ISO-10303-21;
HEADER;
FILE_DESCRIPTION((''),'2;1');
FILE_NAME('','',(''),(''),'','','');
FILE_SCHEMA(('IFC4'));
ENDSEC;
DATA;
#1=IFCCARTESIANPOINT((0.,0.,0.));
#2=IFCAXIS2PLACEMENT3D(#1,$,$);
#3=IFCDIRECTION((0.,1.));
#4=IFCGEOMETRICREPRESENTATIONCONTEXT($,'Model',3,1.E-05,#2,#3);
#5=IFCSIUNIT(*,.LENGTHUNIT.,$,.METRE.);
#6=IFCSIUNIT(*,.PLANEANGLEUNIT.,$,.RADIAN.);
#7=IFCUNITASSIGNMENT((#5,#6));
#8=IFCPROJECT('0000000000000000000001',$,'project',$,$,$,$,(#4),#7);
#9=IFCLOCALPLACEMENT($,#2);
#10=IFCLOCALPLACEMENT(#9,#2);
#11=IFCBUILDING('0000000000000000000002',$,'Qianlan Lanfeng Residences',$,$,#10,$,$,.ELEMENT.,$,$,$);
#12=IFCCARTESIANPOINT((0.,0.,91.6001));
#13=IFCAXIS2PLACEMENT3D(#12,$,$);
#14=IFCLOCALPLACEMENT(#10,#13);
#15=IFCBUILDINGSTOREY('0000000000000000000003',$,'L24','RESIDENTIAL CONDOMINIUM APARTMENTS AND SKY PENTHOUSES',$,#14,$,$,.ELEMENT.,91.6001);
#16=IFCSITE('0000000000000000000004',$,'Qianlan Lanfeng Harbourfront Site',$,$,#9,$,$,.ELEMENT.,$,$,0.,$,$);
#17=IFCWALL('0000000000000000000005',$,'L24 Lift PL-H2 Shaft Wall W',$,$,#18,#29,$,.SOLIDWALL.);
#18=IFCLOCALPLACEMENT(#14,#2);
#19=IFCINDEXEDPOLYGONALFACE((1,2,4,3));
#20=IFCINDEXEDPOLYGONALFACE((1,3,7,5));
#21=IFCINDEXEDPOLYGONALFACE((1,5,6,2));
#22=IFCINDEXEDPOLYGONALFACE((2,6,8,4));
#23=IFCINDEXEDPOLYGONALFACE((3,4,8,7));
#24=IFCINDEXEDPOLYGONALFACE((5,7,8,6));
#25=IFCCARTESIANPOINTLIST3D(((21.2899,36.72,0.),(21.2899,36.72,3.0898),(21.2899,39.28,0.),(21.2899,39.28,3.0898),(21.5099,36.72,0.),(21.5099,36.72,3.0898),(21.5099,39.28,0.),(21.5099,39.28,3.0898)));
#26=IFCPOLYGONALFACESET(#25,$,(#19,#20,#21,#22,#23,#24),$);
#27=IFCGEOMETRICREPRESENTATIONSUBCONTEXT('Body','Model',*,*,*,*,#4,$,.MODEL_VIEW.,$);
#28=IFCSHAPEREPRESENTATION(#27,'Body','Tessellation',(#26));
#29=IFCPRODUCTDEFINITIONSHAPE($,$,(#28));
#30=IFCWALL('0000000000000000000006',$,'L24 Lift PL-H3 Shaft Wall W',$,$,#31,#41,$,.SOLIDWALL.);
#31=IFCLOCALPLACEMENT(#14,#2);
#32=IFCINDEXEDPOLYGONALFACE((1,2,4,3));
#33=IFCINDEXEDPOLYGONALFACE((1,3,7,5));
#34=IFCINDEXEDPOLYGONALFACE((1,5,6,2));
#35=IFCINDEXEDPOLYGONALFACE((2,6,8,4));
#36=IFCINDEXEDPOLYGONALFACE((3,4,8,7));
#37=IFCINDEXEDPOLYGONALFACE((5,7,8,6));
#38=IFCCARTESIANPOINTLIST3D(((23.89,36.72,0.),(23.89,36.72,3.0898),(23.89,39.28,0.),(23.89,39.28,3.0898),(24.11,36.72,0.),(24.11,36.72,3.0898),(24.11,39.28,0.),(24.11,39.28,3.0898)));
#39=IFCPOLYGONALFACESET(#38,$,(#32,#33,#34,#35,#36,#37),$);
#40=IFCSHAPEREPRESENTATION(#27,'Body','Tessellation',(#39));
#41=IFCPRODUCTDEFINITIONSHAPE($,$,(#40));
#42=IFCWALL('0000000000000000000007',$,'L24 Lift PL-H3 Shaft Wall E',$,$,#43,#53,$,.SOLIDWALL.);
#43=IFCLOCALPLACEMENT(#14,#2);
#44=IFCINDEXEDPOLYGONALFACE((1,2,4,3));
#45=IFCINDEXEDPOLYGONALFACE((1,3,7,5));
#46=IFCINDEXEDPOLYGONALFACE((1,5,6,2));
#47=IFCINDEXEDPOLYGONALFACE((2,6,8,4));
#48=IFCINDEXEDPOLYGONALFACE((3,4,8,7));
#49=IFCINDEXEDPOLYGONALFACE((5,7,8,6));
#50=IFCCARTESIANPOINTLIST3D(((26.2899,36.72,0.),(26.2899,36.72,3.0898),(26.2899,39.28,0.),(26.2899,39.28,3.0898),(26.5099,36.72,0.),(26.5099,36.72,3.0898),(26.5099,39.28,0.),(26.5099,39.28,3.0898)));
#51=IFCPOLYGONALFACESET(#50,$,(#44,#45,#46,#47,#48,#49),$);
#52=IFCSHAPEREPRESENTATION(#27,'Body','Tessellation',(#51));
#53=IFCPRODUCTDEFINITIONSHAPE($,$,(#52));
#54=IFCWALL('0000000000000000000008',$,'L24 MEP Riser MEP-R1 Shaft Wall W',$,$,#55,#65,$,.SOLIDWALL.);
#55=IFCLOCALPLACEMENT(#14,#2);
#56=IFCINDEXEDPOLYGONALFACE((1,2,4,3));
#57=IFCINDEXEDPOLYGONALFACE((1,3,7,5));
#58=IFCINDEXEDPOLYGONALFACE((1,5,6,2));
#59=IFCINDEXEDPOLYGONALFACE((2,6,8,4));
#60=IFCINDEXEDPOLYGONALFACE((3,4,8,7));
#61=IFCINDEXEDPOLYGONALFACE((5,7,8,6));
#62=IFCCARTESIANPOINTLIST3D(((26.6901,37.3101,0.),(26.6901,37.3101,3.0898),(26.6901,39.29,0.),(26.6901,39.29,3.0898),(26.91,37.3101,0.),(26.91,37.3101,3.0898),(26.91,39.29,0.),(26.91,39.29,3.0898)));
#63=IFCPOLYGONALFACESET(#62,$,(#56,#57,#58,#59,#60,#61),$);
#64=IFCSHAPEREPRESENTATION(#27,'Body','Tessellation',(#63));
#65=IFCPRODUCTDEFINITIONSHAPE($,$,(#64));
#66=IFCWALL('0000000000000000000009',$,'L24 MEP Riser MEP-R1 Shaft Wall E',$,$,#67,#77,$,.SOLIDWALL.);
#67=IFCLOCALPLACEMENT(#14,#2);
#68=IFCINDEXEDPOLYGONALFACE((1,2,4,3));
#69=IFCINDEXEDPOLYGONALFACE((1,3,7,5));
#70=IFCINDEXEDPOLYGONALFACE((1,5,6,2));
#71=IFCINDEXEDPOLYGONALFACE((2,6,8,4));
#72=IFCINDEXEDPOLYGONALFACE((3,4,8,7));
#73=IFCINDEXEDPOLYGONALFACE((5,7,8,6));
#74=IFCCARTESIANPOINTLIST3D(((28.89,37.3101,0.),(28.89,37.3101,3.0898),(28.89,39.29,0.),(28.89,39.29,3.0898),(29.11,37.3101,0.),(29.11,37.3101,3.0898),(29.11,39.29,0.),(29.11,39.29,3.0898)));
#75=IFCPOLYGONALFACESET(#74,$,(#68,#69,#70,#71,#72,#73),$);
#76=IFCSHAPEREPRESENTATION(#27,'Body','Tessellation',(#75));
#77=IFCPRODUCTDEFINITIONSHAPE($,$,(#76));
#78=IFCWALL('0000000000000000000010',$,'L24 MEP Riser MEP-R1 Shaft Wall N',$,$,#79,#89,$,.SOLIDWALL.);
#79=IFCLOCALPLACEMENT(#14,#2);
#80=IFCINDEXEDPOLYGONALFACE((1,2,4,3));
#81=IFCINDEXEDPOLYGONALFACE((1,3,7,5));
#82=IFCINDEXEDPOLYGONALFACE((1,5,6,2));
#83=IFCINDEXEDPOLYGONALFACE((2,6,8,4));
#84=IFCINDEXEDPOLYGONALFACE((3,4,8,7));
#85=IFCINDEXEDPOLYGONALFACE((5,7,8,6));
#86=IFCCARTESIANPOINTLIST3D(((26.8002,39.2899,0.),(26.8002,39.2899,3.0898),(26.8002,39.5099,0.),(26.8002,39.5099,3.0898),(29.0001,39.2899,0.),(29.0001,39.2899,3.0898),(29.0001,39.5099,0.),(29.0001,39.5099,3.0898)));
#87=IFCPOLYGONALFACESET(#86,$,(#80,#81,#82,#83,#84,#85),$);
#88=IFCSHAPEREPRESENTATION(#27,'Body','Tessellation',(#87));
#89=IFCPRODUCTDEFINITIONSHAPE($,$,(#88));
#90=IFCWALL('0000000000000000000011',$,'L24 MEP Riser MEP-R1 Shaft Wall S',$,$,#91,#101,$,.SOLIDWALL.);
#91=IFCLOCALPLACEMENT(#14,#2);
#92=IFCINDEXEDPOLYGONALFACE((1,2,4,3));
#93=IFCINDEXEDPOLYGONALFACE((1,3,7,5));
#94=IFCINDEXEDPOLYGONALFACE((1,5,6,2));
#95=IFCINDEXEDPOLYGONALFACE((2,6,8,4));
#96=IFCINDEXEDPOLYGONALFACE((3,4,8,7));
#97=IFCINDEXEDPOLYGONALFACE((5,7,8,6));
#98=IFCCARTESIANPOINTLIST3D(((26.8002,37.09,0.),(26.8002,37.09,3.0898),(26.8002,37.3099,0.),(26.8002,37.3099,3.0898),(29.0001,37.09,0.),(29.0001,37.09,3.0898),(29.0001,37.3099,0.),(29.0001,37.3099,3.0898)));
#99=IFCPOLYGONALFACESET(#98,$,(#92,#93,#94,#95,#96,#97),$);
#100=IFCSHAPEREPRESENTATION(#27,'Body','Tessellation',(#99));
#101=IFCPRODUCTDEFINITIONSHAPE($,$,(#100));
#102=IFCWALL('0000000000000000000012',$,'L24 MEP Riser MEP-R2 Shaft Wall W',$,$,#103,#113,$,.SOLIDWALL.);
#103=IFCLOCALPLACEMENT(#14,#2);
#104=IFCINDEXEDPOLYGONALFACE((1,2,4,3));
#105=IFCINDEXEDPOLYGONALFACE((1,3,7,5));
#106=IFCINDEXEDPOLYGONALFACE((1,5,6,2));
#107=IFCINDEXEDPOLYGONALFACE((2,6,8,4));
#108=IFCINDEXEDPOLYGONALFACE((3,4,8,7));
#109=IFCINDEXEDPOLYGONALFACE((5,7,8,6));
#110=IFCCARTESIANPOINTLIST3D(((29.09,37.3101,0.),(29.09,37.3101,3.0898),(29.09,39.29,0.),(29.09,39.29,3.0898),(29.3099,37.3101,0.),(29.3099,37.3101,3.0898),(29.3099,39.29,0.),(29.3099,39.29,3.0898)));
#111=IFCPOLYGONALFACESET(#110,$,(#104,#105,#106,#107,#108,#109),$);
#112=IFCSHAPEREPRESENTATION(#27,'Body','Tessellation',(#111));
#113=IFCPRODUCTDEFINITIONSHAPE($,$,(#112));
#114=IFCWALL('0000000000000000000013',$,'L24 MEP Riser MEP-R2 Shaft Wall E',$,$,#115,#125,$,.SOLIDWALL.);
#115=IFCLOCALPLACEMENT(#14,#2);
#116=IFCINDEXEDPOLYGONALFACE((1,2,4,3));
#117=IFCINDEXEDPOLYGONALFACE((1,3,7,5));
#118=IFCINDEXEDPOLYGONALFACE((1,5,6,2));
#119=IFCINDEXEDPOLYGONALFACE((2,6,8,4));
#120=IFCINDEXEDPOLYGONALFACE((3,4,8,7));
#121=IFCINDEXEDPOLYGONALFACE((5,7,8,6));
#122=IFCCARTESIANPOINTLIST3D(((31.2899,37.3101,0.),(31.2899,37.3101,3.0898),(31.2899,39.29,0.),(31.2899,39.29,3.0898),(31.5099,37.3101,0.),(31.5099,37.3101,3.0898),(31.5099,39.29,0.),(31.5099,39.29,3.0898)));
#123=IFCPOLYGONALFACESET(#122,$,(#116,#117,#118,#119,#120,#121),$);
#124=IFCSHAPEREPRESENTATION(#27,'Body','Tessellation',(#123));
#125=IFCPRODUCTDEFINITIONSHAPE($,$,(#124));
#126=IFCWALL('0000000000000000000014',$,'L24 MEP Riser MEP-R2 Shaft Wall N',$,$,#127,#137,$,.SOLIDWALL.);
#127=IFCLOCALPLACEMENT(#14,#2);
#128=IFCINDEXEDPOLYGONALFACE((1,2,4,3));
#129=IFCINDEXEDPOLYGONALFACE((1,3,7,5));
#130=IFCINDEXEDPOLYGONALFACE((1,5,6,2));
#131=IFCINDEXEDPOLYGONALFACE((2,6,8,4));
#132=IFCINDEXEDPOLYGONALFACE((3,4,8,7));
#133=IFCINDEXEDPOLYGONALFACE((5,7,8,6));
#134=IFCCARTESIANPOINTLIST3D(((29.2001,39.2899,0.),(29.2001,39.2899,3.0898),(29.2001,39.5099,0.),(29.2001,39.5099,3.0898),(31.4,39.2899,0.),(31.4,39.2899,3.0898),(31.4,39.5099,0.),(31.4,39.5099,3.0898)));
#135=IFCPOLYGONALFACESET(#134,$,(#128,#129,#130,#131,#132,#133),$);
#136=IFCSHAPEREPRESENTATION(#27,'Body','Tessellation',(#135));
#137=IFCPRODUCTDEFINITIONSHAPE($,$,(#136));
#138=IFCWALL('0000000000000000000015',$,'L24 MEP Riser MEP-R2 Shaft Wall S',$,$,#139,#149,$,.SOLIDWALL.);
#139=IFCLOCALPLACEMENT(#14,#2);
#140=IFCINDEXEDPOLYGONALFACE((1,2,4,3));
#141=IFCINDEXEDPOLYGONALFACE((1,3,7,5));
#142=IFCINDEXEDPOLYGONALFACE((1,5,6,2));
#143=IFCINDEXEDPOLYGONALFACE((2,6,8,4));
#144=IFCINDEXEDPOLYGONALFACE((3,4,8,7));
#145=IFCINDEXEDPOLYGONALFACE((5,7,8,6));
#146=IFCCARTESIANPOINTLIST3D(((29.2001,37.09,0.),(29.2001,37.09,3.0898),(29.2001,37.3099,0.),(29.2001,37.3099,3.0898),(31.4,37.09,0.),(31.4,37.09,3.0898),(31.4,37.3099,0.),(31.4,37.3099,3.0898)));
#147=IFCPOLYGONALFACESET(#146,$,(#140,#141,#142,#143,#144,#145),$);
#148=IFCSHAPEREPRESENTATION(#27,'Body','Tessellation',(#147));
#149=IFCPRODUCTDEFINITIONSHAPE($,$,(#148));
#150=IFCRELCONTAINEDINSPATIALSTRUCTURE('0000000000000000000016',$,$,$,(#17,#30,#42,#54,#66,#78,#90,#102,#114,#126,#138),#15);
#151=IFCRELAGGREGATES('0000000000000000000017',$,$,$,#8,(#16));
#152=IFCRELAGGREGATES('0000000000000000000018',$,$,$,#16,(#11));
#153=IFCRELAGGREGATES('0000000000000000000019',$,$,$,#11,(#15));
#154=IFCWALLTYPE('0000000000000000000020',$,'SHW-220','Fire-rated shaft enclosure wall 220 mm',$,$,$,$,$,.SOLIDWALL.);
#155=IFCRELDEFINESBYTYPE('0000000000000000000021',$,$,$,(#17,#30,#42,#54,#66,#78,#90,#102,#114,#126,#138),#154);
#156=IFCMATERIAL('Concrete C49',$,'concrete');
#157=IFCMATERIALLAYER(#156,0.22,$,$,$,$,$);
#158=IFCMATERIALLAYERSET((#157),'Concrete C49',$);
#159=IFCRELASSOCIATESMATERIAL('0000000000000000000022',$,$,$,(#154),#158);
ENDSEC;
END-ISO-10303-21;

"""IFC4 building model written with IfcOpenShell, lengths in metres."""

from ifc_helpers import new_model, si_unit, direction, frame, frame_2d, origin, place, context, subcontext, project, spatial, rectangle, extrude, material, layer, layer_set, type_object, element, save


model = new_model("IFC4")

# Units and contexts
model_context = context("Model", 3, precision=1e-05, world=origin(), true_north=direction((0.0, 1.0)))
body_context = subcontext(model_context, "Body", "Model", "MODEL_VIEW")
ifc_project = project(units=[si_unit("LENGTHUNIT", "METRE"), si_unit("PLANEANGLEUNIT", "RADIAN")], contexts=[model_context])

# Site, building, storey
site_placement = place(None, origin())
site = spatial("IfcSite", under=ifc_project, at=site_placement, Name="Qianlan Lanfeng Harbourfront Site", CompositionType="ELEMENT", RefElevation=0.0)
building_placement = place(site_placement, origin())
building = spatial("IfcBuilding", under=site, at=building_placement, Name="Qianlan Lanfeng Residences", CompositionType="ELEMENT")
storey_placement = place(building_placement, frame((0.0, 0.0, 91.6001)))
storey = spatial("IfcBuildingStorey", under=building, at=storey_placement, Name="L24", Description="RESIDENTIAL CONDOMINIUM APARTMENTS AND SKY PENTHOUSES", CompositionType="ELEMENT", Elevation=91.6001)

# Walls
ifc_material_1 = material(Name="Concrete C49", Category="concrete")
ifc_layer_1 = layer(ifc_material_1, 0.22)
ifc_layer_set_1 = layer_set([ifc_layer_1], Name="Concrete C49")
wall_type_1 = type_object("IfcWallType", Name="SHW-220", Description="Fire-rated shaft enclosure wall 220 mm", PredefinedType="SOLIDWALL", material=ifc_layer_set_1)
for number, where, z_axis, x_axis, name in (
    (1, (21.3999, 36.72, 0.0), (0.0, 0.0, 1.0), (0.0, 1.0, 0.0), "L24 Lift PL-H2 Shaft Wall W"),
    (2, (24.0, 36.72, 0.0), (0.0, 0.0, 1.0), (0.0, 1.0, 0.0), "L24 Lift PL-H3 Shaft Wall W"),
    (3, (26.3999, 36.72, 0.0), (0.0, 0.0, 1.0), (0.0, 1.0, 0.0), "L24 Lift PL-H3 Shaft Wall E"),
):
    element("IfcWall", number, at=place(storey_placement, frame(where, z_axis=z_axis, x_axis=x_axis)), inside=storey, type_object=wall_type_1, Name=name, PredefinedType="SOLIDWALL", context=body_context, shape_type="SweptSolid", body=[
        extrude(rectangle(XDim=2.5601, YDim=0.22, at=frame_2d((1.28, 0.0))), origin(), (0.0, 0.0, 1.0), 3.0898),
    ])
for number, where, z_axis, x_axis, name in (
    (4, (26.8, 37.3101, 0.0), (0.0, 0.0, 1.0), (0.0, 1.0, 0.0), "L24 MEP Riser MEP-R1 Shaft Wall W"),
    (5, (29.0, 37.3101, 0.0), (0.0, 0.0, 1.0), (0.0, 1.0, 0.0), "L24 MEP Riser MEP-R1 Shaft Wall E"),
):
    element("IfcWall", number, at=place(storey_placement, frame(where, z_axis=z_axis, x_axis=x_axis)), inside=storey, type_object=wall_type_1, Name=name, PredefinedType="SOLIDWALL", context=body_context, shape_type="SweptSolid", body=[
        extrude(rectangle(XDim=1.98, YDim=0.22, at=frame_2d((0.99, 0.0))), origin(), (0.0, 0.0, 1.0), 3.0898),
    ])
for number, where, z_axis, x_axis, name in (
    (6, (26.8, 39.3999, 0.0), (0.0, 0.0, 1.0), (1.0, 0.0, 0.0), "L24 MEP Riser MEP-R1 Shaft Wall N"),
    (7, (26.8, 37.2, 0.0), (0.0, 0.0, 1.0), (1.0, 0.0, 0.0), "L24 MEP Riser MEP-R1 Shaft Wall S"),
):
    element("IfcWall", number, at=place(storey_placement, frame(where, z_axis=z_axis, x_axis=x_axis)), inside=storey, type_object=wall_type_1, Name=name, PredefinedType="SOLIDWALL", context=body_context, shape_type="SweptSolid", body=[
        extrude(rectangle(XDim=2.2, YDim=0.22, at=frame_2d((1.1001, 0.0))), origin(), (0.0, 0.0, 1.0), 3.0898),
    ])
for number, where, z_axis, x_axis, name in (
    (8, (29.2, 37.3101, 0.0), (0.0, 0.0, 1.0), (0.0, 1.0, 0.0), "L24 MEP Riser MEP-R2 Shaft Wall W"),
    (9, (31.3999, 37.3101, 0.0), (0.0, 0.0, 1.0), (0.0, 1.0, 0.0), "L24 MEP Riser MEP-R2 Shaft Wall E"),
):
    element("IfcWall", number, at=place(storey_placement, frame(where, z_axis=z_axis, x_axis=x_axis)), inside=storey, type_object=wall_type_1, Name=name, PredefinedType="SOLIDWALL", context=body_context, shape_type="SweptSolid", body=[
        extrude(rectangle(XDim=1.98, YDim=0.22, at=frame_2d((0.99, 0.0))), origin(), (0.0, 0.0, 1.0), 3.0898),
    ])
for number, where, z_axis, x_axis, name in (
    (10, (29.2, 39.3999, 0.0), (0.0, 0.0, 1.0), (1.0, 0.0, 0.0), "L24 MEP Riser MEP-R2 Shaft Wall N"),
    (11, (29.2, 37.2, 0.0), (0.0, 0.0, 1.0), (1.0, 0.0, 0.0), "L24 MEP Riser MEP-R2 Shaft Wall S"),
):
    element("IfcWall", number, at=place(storey_placement, frame(where, z_axis=z_axis, x_axis=x_axis)), inside=storey, type_object=wall_type_1, Name=name, PredefinedType="SOLIDWALL", context=body_context, shape_type="SweptSolid", body=[
        extrude(rectangle(XDim=2.2, YDim=0.22, at=frame_2d((1.1001, 0.0))), origin(), (0.0, 0.0, 1.0), 3.0898),
    ])

save(model, "model.ifc")
